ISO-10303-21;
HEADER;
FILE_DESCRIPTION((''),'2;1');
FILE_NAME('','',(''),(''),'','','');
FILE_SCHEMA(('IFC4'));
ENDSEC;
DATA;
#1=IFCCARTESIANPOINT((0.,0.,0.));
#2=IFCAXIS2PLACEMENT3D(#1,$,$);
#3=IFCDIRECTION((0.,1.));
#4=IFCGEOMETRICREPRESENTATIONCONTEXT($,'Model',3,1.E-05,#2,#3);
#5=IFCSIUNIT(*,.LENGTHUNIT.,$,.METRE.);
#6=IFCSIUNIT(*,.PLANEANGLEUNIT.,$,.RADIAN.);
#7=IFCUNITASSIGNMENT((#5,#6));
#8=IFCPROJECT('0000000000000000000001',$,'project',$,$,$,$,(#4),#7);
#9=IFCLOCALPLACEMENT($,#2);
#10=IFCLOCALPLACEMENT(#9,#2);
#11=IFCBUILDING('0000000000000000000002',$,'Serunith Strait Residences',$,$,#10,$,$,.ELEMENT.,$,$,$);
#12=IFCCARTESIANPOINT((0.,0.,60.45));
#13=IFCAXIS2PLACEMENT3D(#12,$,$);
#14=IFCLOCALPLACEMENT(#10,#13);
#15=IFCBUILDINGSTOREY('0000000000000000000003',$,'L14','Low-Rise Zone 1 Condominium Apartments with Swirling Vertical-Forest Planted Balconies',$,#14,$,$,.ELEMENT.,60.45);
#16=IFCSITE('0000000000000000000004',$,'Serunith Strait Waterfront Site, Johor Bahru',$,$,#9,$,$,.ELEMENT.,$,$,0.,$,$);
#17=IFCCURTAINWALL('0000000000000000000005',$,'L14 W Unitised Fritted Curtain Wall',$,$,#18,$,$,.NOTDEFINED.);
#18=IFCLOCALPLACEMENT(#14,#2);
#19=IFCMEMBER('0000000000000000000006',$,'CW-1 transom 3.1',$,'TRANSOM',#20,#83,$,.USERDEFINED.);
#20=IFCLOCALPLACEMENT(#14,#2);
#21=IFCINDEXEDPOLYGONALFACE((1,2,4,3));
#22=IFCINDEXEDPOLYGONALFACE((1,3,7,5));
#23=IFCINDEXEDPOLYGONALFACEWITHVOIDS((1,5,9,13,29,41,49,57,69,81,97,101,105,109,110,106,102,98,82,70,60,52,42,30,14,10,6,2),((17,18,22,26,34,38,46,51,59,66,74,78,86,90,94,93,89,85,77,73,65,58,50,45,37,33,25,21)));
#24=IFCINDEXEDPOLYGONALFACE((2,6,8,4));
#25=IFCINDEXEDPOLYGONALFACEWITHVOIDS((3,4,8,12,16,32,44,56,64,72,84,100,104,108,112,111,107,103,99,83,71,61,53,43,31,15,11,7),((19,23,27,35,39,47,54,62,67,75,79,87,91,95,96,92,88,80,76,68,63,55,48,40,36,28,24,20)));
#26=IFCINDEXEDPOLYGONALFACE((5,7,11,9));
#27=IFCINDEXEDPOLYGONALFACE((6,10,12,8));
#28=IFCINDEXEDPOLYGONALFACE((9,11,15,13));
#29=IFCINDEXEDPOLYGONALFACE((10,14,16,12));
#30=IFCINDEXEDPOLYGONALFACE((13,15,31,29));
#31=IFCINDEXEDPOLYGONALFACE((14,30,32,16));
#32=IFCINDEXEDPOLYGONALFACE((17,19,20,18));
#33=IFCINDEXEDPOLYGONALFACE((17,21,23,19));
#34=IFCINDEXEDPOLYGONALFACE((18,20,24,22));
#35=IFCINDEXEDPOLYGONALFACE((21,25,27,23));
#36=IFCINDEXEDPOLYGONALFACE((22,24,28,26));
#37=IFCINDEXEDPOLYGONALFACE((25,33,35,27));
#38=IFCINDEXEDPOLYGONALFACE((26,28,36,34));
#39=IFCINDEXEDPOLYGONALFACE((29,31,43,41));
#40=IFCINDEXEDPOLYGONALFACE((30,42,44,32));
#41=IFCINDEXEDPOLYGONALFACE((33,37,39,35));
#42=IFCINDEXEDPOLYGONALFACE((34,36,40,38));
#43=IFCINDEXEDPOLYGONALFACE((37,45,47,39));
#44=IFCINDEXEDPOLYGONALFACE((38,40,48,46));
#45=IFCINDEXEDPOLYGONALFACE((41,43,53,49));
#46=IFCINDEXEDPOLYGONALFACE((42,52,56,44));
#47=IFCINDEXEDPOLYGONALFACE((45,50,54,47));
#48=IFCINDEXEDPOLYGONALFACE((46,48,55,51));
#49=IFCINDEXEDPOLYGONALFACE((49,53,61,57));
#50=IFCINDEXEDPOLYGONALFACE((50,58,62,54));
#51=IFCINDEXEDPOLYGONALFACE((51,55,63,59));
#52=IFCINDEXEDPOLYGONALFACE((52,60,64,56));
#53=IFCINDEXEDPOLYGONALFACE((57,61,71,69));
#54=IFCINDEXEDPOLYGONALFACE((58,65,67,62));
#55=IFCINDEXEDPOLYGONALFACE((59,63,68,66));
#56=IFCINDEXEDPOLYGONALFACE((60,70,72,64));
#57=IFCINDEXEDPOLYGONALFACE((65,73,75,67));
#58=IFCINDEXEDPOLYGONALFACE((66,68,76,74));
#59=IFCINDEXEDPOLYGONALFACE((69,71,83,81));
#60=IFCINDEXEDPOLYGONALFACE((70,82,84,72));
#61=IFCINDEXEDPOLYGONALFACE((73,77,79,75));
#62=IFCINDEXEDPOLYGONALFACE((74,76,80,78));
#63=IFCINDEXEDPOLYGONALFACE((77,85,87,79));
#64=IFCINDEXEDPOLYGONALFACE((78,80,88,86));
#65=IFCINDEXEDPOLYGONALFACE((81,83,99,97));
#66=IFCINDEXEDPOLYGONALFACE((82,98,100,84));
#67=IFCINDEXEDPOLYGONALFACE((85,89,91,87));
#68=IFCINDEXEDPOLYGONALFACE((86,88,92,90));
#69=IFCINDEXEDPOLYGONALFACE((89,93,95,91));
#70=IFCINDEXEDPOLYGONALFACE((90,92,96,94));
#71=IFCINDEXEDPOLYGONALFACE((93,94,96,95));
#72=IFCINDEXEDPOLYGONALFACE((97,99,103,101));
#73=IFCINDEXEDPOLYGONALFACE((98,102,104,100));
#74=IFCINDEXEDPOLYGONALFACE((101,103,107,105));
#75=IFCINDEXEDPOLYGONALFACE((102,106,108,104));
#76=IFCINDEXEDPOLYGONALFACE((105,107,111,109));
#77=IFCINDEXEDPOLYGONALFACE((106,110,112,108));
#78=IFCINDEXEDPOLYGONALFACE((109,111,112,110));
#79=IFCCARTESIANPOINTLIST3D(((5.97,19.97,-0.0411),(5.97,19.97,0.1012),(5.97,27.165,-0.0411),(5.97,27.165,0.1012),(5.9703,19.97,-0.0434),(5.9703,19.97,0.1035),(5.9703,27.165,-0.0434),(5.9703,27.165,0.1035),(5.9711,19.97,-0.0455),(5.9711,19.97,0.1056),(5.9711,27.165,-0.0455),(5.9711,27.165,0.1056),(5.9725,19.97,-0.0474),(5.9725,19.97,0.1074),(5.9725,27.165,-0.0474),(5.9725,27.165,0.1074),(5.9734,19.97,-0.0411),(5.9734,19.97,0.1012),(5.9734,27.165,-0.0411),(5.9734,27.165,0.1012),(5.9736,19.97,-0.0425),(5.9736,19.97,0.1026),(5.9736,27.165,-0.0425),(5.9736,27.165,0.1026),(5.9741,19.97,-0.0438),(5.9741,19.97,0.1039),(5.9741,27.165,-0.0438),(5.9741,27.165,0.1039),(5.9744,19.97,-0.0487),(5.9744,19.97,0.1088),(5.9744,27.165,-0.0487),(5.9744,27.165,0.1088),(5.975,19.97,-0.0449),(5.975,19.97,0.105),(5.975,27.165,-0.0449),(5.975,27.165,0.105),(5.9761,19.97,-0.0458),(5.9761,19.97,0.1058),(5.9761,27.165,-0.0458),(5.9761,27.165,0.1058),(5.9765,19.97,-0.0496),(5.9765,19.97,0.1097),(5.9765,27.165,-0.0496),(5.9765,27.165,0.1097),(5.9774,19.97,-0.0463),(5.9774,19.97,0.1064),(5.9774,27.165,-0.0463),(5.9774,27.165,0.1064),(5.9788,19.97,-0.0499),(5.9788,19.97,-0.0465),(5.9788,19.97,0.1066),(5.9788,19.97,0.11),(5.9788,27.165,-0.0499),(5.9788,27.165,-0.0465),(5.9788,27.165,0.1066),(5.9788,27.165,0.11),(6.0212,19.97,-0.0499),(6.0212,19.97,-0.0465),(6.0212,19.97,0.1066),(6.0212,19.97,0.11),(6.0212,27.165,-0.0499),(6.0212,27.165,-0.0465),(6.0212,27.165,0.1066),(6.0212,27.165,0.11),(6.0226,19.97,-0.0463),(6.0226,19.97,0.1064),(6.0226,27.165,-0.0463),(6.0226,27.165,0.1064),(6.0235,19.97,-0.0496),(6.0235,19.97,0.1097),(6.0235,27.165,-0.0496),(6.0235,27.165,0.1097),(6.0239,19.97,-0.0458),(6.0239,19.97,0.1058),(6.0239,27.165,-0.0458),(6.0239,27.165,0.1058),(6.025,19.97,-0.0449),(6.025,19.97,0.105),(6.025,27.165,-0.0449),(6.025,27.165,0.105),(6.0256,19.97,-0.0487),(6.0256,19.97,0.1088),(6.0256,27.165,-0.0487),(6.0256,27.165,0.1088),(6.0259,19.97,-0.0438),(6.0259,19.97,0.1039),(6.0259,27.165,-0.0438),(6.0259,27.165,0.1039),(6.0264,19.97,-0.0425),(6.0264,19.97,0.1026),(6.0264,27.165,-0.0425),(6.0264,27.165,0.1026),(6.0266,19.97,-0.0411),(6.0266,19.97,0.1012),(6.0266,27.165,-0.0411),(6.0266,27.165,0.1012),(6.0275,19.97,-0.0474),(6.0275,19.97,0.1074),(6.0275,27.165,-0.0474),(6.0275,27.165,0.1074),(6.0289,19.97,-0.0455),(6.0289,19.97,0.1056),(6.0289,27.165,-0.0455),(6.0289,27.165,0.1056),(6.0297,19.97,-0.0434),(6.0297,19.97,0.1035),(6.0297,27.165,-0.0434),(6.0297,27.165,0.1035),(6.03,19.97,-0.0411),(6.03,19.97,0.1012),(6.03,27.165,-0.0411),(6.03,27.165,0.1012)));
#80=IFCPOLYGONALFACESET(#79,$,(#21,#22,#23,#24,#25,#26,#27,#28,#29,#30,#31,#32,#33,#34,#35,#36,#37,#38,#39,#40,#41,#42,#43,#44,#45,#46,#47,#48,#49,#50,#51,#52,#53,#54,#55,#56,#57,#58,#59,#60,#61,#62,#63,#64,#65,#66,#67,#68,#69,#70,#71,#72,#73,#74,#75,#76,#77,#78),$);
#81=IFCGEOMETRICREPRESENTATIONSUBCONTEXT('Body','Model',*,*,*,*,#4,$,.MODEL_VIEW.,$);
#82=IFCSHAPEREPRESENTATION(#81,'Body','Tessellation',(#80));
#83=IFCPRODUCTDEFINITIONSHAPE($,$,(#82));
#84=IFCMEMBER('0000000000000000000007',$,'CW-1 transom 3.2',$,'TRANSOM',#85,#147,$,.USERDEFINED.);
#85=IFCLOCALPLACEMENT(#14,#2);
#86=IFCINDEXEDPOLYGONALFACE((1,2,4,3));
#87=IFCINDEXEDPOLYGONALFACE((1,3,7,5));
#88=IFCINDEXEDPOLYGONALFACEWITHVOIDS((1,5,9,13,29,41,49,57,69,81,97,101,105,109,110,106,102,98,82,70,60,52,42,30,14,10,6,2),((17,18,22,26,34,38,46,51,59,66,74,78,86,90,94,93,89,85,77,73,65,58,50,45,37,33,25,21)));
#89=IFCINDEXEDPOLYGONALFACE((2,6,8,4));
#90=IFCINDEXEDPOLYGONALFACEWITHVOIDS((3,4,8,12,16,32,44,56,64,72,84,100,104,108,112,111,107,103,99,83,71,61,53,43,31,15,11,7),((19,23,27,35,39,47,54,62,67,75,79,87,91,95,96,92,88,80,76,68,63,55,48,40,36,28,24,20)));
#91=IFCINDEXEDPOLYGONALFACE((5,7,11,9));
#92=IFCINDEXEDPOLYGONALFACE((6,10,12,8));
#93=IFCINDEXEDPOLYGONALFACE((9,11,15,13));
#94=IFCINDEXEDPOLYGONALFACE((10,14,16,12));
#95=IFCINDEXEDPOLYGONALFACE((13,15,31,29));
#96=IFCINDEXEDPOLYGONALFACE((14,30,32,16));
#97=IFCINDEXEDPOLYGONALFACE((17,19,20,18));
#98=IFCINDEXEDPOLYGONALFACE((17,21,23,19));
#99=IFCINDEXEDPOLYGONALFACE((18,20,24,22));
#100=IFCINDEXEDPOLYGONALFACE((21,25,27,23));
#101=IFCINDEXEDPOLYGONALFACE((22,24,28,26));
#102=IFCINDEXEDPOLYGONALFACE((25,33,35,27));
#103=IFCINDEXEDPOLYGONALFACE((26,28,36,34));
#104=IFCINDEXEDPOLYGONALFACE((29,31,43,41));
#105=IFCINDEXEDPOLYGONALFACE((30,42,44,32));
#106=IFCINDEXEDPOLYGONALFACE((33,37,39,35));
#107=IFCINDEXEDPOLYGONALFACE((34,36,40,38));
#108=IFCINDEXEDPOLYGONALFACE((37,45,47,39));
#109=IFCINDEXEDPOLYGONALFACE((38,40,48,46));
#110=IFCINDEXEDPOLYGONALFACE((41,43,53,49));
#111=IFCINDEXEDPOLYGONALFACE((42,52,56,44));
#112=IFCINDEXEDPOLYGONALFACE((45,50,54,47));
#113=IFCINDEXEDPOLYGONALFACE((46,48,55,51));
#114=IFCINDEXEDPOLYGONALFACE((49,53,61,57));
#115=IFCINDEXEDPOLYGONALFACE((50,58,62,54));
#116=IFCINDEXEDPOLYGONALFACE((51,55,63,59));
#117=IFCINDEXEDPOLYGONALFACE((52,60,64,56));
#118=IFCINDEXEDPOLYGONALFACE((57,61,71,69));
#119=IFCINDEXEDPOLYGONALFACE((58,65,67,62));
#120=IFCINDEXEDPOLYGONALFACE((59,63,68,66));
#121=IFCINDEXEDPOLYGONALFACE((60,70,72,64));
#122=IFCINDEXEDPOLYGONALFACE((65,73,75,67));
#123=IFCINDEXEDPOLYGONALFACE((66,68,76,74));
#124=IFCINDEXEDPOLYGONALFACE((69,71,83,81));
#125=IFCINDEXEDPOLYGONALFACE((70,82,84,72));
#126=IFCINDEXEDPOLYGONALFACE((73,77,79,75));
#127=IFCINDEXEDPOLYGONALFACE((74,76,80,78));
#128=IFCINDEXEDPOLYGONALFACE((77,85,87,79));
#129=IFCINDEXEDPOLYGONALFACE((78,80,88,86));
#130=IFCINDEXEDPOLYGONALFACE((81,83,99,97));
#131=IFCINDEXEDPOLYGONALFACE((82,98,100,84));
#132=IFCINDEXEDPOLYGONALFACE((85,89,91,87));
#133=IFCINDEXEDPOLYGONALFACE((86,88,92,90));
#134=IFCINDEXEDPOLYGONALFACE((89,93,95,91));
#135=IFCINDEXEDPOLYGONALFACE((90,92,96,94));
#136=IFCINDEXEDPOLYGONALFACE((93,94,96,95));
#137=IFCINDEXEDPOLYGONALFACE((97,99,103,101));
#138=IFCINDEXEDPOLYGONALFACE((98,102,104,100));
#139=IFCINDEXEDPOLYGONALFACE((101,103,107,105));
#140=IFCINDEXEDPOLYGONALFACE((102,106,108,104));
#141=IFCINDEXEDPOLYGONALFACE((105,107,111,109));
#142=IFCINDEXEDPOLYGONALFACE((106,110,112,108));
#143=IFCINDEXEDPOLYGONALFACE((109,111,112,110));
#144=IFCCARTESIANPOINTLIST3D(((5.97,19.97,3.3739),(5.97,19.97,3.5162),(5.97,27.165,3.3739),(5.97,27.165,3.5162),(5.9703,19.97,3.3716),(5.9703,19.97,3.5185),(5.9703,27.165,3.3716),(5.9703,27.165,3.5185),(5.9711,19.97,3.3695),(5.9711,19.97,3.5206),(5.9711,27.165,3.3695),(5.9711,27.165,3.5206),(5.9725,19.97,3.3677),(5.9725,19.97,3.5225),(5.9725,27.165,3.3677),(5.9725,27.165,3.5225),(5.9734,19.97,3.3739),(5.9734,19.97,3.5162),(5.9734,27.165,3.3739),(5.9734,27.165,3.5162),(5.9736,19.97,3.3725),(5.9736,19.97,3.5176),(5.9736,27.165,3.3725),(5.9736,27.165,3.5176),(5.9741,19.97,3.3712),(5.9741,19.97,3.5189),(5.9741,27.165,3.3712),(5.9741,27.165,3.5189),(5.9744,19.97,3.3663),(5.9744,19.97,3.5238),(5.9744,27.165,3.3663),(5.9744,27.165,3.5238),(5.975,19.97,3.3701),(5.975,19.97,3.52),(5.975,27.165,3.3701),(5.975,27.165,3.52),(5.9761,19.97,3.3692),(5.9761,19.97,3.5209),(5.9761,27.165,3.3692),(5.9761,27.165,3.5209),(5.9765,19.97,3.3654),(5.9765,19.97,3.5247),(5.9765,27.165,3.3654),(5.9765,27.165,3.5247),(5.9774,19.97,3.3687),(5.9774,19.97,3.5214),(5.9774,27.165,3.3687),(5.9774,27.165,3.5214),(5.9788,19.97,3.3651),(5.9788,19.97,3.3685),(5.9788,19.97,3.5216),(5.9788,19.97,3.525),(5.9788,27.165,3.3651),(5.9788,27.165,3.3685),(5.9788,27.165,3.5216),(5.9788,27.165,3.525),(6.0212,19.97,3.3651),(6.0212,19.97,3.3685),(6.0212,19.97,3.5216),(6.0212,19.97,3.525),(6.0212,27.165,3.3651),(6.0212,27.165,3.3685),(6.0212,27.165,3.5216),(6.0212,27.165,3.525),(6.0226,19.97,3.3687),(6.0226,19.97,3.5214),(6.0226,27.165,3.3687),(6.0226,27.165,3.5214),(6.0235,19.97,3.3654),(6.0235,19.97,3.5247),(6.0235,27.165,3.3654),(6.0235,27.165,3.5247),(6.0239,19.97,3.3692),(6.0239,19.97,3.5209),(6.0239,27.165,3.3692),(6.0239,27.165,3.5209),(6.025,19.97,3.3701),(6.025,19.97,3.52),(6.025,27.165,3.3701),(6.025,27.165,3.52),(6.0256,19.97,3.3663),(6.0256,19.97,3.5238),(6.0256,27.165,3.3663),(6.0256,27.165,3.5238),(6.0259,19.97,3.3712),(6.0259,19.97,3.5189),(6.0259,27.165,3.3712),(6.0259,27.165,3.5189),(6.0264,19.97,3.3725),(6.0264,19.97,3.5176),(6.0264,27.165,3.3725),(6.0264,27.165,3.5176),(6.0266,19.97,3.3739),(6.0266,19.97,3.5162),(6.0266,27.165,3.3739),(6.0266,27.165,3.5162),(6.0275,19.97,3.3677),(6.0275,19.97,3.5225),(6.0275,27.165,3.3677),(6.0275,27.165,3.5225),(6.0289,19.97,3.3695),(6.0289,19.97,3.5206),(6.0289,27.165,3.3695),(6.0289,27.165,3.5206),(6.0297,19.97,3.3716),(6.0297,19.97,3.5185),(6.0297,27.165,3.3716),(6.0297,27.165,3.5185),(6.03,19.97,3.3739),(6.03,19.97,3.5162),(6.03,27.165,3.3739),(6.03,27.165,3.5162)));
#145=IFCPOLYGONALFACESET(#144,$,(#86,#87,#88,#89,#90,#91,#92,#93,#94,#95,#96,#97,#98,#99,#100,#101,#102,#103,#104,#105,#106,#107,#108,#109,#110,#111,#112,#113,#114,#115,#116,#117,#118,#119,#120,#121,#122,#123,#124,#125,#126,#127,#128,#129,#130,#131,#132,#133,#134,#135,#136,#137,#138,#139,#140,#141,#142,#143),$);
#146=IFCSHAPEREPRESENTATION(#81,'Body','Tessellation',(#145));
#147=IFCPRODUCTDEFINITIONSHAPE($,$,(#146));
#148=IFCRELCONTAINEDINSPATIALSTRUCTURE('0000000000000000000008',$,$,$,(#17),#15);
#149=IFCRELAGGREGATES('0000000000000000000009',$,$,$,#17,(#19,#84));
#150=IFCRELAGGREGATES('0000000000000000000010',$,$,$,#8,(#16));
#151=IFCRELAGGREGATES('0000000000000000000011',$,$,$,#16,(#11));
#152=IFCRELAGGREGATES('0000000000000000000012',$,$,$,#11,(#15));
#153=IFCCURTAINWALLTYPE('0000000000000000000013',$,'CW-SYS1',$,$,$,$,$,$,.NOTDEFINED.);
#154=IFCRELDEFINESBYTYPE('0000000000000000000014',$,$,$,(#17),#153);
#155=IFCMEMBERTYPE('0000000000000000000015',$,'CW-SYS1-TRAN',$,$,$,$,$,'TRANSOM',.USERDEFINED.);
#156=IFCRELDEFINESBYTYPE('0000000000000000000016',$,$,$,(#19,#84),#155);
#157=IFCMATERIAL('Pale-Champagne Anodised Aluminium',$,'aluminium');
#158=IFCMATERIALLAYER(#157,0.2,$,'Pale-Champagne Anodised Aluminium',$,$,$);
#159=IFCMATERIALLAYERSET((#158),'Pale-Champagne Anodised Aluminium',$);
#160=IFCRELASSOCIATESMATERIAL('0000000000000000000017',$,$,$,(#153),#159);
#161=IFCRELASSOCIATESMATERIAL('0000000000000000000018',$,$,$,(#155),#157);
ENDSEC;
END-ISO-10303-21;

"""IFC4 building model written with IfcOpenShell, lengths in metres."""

from ifc_helpers import new_model, si_unit, direction, frame, origin, origin_2d, place, context, subcontext, project, spatial, hollow_rectangle, extrude, source, transform, mapped, material, layer, layer_set, material_profile, profile_set, type_object, element, aggregate, save


model = new_model("IFC4")

# Units and contexts
model_context = context("Model", 3, precision=1e-05, world=origin(), true_north=direction((0.0, 1.0)))
body_context = subcontext(model_context, "Body", "Model", "MODEL_VIEW")
ifc_project = project(units=[si_unit("LENGTHUNIT", "METRE"), si_unit("PLANEANGLEUNIT", "RADIAN")], contexts=[model_context])

# Site, building, storey
site_placement = place(None, origin())
site = spatial("IfcSite", under=ifc_project, at=site_placement, Name="Serunith Strait Waterfront Site, Johor Bahru", CompositionType="ELEMENT", RefElevation=0.0)
building_placement = place(site_placement, origin())
building = spatial("IfcBuilding", under=site, at=building_placement, Name="Serunith Strait Residences", CompositionType="ELEMENT")
storey_placement = place(building_placement, frame((0.0, 0.0, 60.45)))
storey = spatial("IfcBuildingStorey", under=building, at=storey_placement, Name="L14", Description="Low-Rise Zone 1 Condominium Apartments with Swirling Vertical-Forest Planted Balconies", CompositionType="ELEMENT", Elevation=60.45)

# Curtain wall, members
ifc_material_1 = material(Name="Pale-Champagne Anodised Aluminium", Category="aluminium")
ifc_layer_1 = layer(ifc_material_1, 0.2, Name="Pale-Champagne Anodised Aluminium")
ifc_layer_set_1 = layer_set([ifc_layer_1], Name="Pale-Champagne Anodised Aluminium")
curtain_wall_type = type_object("IfcCurtainWallType", Name="CW-SYS1", PredefinedType="NOTDEFINED", material=ifc_layer_set_1)
curtain_wall_placement = place(storey_placement, origin())
curtain_wall = element("IfcCurtainWall", 1, at=curtain_wall_placement, inside=storey, type_object=curtain_wall_type, Name="L14 W Unitised Fritted Curtain Wall", PredefinedType="NOTDEFINED")
ifc_material_profile_1 = material_profile(ifc_material_1, hollow_rectangle(XDim=0.0601, YDim=0.1599, WallThickness=0.0034, InnerFilletRadius=0.0054, OuterFilletRadius=0.0088, at=origin_2d()), Name="ALU 160x60x3.5")
ifc_profile_set_1 = profile_set([ifc_material_profile_1], Name="Pale-Champagne Anodised Aluminium")
member_type_1 = type_object("IfcMemberType", Name="CW-SYS1-TRAN", ElementType="TRANSOM", PredefinedType="USERDEFINED", material=ifc_profile_set_1)
shared_shape_1 = source(origin(), body_context, "Body", "SweptSolid", [
    extrude(hollow_rectangle(XDim=0.0601, YDim=0.1599, WallThickness=0.0034, InnerFilletRadius=0.0054, OuterFilletRadius=0.0088, at=origin_2d()), origin(), (0.0, 0.0, 1.0), 7.1951),
])
member_1_placement = place(storey_placement, frame((6.0, 27.165, 0.03), z_axis=(0.0, -1.0, 0.0), x_axis=(1.0, 0.0, 0.0)))
member_1 = element("IfcMember", 2, at=member_1_placement, type_object=member_type_1, Name="CW-1 transom 3.1", ObjectType="TRANSOM", PredefinedType="USERDEFINED", context=body_context, shape_type="MappedRepresentation", body=[
    mapped(shared_shape_1, transform((0.0, 0.0, 0.0), scale=1.0)),
])
member_2_placement = place(storey_placement, frame((6.0, 27.165, 3.4451), z_axis=(0.0, -1.0, 0.0), x_axis=(1.0, 0.0, 0.0)))
member_2 = element("IfcMember", 3, at=member_2_placement, type_object=member_type_1, Name="CW-1 transom 3.2", ObjectType="TRANSOM", PredefinedType="USERDEFINED", context=body_context, shape_type="MappedRepresentation", body=[
    mapped(shared_shape_1, transform((0.0, 0.0, 0.0), scale=1.0)),
])
aggregate(curtain_wall, [member_1, member_2])

save(model, "model.ifc")
